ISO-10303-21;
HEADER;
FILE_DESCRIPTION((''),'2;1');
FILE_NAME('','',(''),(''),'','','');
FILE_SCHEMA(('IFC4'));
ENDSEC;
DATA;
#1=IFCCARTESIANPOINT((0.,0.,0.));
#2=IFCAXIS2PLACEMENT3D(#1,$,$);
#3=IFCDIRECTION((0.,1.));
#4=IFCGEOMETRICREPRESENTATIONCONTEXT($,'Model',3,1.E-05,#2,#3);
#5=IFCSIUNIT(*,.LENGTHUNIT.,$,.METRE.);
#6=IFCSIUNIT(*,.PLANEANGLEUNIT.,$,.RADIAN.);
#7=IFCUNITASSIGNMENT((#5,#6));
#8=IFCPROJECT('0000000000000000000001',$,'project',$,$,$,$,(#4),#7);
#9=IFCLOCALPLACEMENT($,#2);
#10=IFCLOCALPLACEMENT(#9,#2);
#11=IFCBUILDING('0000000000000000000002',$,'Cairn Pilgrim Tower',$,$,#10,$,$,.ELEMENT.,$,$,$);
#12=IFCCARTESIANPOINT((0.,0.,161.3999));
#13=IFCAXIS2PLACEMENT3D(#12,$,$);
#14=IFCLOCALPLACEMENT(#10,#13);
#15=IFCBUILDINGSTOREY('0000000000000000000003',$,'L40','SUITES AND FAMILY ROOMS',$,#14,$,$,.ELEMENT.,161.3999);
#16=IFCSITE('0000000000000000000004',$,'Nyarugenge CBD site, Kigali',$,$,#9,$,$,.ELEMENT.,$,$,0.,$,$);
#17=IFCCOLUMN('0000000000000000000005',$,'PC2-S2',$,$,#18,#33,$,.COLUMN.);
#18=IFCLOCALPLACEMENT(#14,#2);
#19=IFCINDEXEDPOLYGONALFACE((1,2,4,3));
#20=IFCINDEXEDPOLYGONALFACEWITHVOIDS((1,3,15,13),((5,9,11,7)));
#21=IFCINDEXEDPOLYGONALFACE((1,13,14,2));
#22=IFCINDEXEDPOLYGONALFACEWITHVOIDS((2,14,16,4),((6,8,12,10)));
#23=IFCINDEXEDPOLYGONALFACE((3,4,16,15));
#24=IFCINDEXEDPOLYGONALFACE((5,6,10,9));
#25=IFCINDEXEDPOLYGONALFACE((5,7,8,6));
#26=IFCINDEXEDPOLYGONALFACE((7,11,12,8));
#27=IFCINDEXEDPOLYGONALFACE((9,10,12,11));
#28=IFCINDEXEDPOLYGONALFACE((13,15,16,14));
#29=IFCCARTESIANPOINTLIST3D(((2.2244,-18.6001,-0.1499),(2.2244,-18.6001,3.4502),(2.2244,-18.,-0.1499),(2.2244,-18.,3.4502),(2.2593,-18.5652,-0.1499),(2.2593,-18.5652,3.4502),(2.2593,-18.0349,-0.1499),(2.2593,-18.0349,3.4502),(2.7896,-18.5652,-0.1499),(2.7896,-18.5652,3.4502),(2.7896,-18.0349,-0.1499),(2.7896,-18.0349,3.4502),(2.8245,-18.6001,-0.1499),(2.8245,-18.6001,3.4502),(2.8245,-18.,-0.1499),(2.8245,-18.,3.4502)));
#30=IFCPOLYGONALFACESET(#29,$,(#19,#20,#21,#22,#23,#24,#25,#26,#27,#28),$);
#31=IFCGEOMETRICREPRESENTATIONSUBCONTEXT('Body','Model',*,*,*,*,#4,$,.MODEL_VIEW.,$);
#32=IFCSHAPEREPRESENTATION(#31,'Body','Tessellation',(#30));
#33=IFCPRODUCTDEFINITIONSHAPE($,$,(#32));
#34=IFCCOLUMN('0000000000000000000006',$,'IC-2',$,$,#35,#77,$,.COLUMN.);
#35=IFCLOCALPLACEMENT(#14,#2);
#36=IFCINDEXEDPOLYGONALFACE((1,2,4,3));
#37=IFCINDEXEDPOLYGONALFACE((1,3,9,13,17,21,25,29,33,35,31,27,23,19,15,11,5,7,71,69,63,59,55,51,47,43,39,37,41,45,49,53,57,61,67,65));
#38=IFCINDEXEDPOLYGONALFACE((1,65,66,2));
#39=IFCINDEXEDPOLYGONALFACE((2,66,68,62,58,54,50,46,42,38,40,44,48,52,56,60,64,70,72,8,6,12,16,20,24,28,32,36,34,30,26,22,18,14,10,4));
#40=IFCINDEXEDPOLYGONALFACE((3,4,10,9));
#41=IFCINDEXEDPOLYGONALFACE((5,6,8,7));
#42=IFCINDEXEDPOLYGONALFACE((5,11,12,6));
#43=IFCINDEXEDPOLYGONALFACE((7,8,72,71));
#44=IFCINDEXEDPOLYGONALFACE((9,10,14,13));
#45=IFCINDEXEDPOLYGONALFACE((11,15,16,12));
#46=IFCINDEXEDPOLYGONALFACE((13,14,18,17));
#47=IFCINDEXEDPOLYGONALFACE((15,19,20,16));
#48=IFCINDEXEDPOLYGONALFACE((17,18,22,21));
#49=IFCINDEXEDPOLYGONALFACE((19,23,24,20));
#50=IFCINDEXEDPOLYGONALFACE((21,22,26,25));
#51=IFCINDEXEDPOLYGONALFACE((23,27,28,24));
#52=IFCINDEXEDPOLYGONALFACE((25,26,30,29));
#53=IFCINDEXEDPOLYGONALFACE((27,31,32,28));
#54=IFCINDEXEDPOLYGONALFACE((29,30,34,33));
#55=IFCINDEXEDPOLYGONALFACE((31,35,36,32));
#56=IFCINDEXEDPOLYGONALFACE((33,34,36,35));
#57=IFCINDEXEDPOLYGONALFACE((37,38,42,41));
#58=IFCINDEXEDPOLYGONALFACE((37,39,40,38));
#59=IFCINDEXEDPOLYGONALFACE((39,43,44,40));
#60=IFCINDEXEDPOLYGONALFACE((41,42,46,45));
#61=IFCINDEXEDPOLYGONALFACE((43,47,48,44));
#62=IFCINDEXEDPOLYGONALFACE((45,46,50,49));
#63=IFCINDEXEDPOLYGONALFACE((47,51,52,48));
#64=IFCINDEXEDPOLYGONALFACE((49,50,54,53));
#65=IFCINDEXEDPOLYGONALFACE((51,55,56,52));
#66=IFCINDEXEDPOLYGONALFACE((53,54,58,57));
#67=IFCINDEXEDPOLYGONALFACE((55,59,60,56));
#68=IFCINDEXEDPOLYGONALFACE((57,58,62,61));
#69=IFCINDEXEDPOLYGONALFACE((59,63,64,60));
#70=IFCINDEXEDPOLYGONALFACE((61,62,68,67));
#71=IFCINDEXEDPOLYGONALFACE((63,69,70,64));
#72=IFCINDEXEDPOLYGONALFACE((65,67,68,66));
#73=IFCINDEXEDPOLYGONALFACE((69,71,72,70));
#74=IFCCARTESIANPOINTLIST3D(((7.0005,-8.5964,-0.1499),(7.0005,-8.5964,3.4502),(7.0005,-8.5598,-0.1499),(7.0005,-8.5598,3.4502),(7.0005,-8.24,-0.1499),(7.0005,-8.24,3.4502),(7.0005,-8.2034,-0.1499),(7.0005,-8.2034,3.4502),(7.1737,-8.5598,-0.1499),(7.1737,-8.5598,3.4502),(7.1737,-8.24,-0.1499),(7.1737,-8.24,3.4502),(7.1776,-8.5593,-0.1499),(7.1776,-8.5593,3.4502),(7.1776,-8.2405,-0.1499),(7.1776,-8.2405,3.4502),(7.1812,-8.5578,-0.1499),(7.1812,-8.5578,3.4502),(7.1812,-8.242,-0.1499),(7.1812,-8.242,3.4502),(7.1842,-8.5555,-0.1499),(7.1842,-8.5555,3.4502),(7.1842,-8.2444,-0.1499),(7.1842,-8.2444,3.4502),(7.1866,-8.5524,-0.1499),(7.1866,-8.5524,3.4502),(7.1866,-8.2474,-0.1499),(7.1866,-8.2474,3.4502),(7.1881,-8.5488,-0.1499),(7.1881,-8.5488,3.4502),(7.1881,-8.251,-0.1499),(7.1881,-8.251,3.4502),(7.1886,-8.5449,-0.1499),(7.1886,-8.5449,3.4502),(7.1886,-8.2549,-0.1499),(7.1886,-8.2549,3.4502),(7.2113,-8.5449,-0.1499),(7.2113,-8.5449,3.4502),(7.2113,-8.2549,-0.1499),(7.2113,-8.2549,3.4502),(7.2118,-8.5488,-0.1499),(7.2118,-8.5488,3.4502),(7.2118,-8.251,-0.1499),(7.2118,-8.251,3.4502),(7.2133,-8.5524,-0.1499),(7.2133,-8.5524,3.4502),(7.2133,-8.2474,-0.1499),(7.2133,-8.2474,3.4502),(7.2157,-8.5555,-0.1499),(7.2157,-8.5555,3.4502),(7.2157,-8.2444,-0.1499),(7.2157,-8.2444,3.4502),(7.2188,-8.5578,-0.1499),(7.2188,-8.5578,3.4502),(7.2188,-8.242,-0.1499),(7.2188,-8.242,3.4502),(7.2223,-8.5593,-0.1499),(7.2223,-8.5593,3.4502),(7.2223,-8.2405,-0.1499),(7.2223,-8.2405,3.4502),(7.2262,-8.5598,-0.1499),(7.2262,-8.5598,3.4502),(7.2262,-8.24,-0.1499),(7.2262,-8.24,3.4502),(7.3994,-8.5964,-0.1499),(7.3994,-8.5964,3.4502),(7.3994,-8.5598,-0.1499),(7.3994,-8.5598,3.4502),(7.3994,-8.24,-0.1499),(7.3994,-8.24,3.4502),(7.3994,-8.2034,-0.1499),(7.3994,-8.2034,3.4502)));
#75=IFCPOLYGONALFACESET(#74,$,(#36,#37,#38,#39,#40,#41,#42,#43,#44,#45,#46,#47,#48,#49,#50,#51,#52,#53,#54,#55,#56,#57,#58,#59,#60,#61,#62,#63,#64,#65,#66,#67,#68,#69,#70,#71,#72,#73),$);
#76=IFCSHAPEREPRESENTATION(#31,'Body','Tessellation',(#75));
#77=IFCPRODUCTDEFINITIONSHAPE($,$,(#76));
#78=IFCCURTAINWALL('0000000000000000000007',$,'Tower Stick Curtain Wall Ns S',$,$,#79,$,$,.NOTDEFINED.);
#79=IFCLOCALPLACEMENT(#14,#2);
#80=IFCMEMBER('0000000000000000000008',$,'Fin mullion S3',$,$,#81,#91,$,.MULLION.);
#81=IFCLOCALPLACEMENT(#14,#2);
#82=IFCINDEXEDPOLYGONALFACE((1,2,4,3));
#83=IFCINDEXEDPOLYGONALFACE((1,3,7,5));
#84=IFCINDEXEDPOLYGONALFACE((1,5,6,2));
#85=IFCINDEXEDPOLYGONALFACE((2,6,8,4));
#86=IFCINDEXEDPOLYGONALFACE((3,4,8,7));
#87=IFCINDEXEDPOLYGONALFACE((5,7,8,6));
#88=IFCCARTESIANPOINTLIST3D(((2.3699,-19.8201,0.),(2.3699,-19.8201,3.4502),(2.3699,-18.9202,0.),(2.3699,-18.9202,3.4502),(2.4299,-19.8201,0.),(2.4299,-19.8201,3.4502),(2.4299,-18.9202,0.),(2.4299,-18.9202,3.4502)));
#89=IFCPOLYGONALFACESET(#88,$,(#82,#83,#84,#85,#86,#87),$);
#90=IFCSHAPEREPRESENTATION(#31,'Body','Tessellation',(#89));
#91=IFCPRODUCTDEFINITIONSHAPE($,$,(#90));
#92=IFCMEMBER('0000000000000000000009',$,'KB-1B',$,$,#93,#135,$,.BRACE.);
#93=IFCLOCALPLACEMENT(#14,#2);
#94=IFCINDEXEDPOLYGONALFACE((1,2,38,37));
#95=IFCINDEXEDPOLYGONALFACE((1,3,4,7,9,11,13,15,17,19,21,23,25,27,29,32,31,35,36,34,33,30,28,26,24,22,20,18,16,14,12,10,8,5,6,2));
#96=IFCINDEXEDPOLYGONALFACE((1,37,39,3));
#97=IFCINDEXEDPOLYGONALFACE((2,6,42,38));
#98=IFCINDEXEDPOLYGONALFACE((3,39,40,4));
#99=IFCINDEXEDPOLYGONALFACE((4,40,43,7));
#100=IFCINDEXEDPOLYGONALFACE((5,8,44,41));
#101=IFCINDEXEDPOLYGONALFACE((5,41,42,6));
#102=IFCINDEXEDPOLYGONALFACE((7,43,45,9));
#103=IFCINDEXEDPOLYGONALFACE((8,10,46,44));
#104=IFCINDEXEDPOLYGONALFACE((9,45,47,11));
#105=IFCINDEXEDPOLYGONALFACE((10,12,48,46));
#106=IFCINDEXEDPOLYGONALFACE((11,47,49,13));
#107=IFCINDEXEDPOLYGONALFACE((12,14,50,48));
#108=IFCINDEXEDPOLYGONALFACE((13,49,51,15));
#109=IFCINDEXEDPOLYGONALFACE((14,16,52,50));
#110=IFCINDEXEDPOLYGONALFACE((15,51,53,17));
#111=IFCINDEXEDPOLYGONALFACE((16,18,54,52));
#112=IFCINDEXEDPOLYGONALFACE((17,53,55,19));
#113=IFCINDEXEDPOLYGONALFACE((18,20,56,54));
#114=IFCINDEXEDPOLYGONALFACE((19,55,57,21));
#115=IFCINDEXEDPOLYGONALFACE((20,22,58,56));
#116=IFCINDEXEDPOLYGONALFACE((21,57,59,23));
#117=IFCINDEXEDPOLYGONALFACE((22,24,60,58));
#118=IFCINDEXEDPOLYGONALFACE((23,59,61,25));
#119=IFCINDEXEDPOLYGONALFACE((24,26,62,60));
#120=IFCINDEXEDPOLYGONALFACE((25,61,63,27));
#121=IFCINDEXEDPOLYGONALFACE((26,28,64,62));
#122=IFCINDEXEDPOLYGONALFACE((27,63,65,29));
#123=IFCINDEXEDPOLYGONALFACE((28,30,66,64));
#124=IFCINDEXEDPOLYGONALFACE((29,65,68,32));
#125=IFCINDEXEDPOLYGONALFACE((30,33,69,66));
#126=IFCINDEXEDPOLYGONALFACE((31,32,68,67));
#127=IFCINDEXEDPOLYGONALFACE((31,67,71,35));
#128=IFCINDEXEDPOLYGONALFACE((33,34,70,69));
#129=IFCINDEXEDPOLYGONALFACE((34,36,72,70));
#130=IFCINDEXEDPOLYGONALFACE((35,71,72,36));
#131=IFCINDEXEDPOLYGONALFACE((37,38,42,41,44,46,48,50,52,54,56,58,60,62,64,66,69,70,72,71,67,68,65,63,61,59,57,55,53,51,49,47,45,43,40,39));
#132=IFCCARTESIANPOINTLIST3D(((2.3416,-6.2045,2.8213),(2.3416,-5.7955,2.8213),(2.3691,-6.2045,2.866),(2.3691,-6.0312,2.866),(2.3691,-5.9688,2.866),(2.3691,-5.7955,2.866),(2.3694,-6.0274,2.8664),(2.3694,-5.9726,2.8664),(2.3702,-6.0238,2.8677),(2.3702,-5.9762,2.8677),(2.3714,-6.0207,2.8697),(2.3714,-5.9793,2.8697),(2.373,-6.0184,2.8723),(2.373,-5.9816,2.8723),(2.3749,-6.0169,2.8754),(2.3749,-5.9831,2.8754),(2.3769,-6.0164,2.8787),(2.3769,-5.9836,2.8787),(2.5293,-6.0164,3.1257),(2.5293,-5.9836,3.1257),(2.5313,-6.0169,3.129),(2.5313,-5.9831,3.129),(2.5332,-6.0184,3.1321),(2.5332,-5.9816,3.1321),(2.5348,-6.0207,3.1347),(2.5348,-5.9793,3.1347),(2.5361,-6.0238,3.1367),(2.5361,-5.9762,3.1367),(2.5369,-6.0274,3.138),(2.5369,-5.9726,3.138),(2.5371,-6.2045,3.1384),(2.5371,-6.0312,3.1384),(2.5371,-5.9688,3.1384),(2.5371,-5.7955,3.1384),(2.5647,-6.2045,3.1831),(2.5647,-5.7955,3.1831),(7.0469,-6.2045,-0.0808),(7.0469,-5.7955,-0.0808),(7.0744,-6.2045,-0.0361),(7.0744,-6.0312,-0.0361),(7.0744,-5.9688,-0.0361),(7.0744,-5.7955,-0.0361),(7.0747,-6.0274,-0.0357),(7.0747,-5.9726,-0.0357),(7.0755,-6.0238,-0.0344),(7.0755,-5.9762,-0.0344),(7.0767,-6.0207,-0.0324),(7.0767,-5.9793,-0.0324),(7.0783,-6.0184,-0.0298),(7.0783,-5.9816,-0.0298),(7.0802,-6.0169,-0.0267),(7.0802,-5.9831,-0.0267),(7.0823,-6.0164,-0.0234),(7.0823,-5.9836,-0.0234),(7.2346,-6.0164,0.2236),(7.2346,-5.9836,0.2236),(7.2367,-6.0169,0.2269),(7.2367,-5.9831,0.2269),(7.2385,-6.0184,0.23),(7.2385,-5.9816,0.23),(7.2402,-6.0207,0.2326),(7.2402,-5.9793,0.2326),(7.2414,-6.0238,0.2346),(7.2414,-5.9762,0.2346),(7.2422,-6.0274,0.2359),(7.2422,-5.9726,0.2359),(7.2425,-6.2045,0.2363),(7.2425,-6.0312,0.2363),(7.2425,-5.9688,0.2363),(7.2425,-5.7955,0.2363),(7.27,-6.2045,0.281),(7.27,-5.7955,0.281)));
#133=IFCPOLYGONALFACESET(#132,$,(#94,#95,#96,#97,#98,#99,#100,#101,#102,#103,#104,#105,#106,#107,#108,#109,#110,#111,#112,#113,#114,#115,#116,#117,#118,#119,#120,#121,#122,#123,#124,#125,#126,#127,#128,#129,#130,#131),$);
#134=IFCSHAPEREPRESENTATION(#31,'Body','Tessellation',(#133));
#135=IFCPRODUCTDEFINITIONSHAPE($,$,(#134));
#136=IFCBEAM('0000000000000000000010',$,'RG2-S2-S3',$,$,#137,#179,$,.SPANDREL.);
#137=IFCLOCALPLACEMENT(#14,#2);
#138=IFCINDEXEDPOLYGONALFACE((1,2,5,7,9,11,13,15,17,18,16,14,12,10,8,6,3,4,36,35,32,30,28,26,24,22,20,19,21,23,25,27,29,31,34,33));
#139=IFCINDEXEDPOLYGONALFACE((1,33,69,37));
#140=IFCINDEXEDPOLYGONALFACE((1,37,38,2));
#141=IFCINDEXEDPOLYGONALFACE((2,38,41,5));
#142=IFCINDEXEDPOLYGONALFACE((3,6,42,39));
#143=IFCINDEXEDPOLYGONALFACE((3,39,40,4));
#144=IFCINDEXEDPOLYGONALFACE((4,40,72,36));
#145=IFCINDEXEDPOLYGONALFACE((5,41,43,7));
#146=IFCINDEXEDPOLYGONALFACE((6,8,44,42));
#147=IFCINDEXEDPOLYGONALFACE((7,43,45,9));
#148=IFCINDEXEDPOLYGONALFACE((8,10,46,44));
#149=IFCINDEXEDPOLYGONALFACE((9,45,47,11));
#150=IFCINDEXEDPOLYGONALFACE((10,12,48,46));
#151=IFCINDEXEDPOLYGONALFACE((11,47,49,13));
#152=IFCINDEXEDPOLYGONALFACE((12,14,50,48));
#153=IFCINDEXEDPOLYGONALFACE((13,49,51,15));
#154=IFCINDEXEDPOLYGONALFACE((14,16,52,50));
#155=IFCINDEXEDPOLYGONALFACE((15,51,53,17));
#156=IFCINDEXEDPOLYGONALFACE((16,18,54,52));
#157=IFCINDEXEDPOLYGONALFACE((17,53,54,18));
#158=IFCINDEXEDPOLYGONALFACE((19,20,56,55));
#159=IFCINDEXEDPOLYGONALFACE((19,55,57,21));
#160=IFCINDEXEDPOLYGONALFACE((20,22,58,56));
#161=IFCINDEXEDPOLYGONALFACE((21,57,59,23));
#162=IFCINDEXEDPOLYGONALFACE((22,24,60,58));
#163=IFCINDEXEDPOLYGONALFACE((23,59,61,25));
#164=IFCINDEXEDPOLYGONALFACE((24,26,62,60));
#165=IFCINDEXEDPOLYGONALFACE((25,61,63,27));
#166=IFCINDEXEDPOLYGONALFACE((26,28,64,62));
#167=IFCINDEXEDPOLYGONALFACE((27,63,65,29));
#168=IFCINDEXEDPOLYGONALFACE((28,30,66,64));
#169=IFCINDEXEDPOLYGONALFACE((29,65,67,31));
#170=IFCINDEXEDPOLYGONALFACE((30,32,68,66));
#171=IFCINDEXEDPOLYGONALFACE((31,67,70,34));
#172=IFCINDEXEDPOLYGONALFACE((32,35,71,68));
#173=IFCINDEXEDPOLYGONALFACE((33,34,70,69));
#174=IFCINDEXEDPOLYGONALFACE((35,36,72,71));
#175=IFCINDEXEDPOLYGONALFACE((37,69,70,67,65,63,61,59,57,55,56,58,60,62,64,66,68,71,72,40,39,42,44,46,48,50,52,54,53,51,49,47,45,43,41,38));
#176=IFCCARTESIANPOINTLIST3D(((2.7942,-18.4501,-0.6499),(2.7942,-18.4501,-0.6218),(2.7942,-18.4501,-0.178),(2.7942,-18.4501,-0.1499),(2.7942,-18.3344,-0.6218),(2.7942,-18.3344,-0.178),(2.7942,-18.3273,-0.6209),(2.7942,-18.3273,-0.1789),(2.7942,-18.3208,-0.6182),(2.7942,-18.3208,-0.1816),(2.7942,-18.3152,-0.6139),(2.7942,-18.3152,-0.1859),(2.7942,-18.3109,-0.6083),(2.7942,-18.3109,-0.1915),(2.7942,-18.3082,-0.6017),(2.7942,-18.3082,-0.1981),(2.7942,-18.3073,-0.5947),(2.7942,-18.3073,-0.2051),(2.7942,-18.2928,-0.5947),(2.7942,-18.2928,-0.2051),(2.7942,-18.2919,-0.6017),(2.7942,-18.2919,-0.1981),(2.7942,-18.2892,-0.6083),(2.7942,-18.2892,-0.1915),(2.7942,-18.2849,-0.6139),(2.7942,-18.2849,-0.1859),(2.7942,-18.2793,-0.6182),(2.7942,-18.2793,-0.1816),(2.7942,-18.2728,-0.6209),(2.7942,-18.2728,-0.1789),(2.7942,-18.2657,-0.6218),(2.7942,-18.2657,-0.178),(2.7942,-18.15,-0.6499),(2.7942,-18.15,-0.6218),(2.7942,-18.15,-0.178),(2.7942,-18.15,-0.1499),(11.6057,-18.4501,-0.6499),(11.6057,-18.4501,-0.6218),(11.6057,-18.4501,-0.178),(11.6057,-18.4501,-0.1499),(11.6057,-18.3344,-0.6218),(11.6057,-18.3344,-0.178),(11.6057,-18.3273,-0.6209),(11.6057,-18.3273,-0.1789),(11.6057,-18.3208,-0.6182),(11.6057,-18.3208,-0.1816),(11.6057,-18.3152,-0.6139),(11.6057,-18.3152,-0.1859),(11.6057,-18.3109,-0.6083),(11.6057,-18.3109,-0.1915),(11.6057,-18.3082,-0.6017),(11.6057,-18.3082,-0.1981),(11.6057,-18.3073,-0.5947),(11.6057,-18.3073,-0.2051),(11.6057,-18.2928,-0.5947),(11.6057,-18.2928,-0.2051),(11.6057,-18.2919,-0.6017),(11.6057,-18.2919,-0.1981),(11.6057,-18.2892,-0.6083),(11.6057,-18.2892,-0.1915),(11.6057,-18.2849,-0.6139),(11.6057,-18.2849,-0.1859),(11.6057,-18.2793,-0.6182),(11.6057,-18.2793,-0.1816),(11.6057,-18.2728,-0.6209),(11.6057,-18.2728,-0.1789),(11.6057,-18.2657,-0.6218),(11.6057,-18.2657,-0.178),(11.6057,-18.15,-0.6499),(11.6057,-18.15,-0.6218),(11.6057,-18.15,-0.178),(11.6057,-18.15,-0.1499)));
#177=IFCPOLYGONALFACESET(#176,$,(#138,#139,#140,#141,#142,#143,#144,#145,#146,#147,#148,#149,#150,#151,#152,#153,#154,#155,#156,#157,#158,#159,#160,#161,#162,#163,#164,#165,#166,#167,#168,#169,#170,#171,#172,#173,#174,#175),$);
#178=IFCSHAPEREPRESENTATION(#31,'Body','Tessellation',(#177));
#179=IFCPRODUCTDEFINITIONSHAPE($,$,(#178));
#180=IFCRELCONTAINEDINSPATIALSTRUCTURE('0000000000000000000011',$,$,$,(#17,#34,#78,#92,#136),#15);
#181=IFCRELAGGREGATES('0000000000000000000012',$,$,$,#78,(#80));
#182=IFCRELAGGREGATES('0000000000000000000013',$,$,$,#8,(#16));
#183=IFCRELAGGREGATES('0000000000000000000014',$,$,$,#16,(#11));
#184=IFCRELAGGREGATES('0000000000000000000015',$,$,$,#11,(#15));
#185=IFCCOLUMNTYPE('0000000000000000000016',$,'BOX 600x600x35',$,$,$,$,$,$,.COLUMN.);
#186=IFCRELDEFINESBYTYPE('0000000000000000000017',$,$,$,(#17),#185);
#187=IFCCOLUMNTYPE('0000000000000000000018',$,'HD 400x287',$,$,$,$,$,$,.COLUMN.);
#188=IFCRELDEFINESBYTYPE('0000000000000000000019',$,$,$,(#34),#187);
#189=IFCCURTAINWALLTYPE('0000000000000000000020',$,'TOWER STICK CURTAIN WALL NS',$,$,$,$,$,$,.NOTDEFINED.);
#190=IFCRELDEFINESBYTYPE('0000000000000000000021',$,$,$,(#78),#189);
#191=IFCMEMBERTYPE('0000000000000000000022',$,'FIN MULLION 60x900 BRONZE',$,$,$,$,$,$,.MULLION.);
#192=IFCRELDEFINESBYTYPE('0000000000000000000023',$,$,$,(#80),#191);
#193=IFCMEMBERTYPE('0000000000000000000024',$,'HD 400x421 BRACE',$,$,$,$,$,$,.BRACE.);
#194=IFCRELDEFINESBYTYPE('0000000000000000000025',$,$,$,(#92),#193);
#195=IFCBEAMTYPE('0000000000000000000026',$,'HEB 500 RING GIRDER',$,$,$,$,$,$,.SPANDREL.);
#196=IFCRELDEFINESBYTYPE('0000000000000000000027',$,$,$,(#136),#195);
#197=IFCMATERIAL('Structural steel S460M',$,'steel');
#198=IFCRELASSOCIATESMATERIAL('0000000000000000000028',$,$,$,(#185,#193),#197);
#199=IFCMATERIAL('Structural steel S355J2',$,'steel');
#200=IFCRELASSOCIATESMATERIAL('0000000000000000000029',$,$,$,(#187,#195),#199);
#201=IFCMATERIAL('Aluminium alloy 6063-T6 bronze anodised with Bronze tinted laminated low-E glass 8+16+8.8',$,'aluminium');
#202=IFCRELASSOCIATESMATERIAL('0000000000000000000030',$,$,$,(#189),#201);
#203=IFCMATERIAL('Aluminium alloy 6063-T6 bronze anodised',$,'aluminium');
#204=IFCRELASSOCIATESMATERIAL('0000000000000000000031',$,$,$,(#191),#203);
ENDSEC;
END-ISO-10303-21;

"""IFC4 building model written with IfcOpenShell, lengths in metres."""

from ifc_helpers import new_model, si_unit, direction, frame, origin, origin_2d, place, context, subcontext, project, spatial, rectangle, hollow_rectangle, i_section, extrude, material, material_profile, profile_set, type_object, element, aggregate, save


model = new_model("IFC4")

# Units and contexts
model_context = context("Model", 3, precision=1e-05, world=origin(), true_north=direction((0.0, 1.0)))
body_context = subcontext(model_context, "Body", "Model", "MODEL_VIEW")
ifc_project = project(units=[si_unit("LENGTHUNIT", "METRE"), si_unit("PLANEANGLEUNIT", "RADIAN")], contexts=[model_context])

# Site, building, storey
site_placement = place(None, origin())
site = spatial("IfcSite", under=ifc_project, at=site_placement, Name="Nyarugenge CBD site, Kigali", CompositionType="ELEMENT", RefElevation=0.0)
building_placement = place(site_placement, origin())
building = spatial("IfcBuilding", under=site, at=building_placement, Name="Cairn Pilgrim Tower", CompositionType="ELEMENT")
storey_placement = place(building_placement, frame((0.0, 0.0, 161.3999)))
storey = spatial("IfcBuildingStorey", under=building, at=storey_placement, Name="L40", Description="SUITES AND FAMILY ROOMS", CompositionType="ELEMENT", Elevation=161.3999)

# Columns
ifc_material_1 = material(Name="Structural steel S460M", Category="steel")
ifc_material_profile_1 = material_profile(ifc_material_1, hollow_rectangle(XDim=0.6001, YDim=0.6001, WallThickness=0.0349, at=origin_2d()), Name="BOX 600x600x35")
ifc_profile_set_1 = profile_set([ifc_material_profile_1], Name="Structural steel S460M")
column_type_1 = type_object("IfcColumnType", Name="BOX 600x600x35", PredefinedType="COLUMN", material=ifc_profile_set_1)
column_1_placement = place(storey_placement, frame((2.5244, -18.3, -0.1499), z_axis=(0.0, 0.0, 1.0), x_axis=(1.0, 0.0, 0.0)))
element("IfcColumn", 1, at=column_1_placement, inside=storey, type_object=column_type_1, Name="PC2-S2", PredefinedType="COLUMN", context=body_context, shape_type="SweptSolid", body=[
    extrude(hollow_rectangle(XDim=0.6001, YDim=0.6001, WallThickness=0.0349, at=origin_2d()), origin(), (0.0, 0.0, 1.0), 3.6001),
])
ifc_material_2 = material(Name="Structural steel S355J2", Category="steel")
ifc_material_profile_2 = material_profile(ifc_material_2, i_section(OverallWidth=0.3989, OverallDepth=0.3931, WebThickness=0.0227, FlangeThickness=0.0366, FilletRadius=0.0149, at=origin_2d()), Name="HD 400x287")
ifc_profile_set_2 = profile_set([ifc_material_profile_2], Name="Structural steel S355J2")
column_type_2 = type_object("IfcColumnType", Name="HD 400x287", PredefinedType="COLUMN", material=ifc_profile_set_2)
column_2_placement = place(storey_placement, frame((7.2, -8.3999, -0.1499), z_axis=(0.0, 0.0, 1.0), x_axis=(1.0, 0.0, 0.0)))
element("IfcColumn", 2, at=column_2_placement, inside=storey, type_object=column_type_2, Name="IC-2", PredefinedType="COLUMN", context=body_context, shape_type="SweptSolid", body=[
    extrude(i_section(OverallWidth=0.3989, OverallDepth=0.3931, WebThickness=0.0227, FlangeThickness=0.0366, FilletRadius=0.0149, at=origin_2d()), origin(), (0.0, 0.0, 1.0), 3.6001),
])

# Curtain wall, member
ifc_material_3 = material(Name="Aluminium alloy 6063-T6 bronze anodised with Bronze tinted laminated low-E glass 8+16+8.8", Category="aluminium")
curtain_wall_type = type_object("IfcCurtainWallType", Name="TOWER STICK CURTAIN WALL NS", PredefinedType="NOTDEFINED", material=ifc_material_3)
curtain_wall_placement = place(storey_placement, origin())
curtain_wall = element("IfcCurtainWall", 3, at=curtain_wall_placement, inside=storey, type_object=curtain_wall_type, Name="Tower Stick Curtain Wall Ns S", PredefinedType="NOTDEFINED")
ifc_material_4 = material(Name="Aluminium alloy 6063-T6 bronze anodised", Category="aluminium")
ifc_material_profile_3 = material_profile(ifc_material_4, rectangle(XDim=0.8999, YDim=0.0601, at=origin_2d()), Name="FIN MULLION 60x900 BRONZE")
ifc_profile_set_3 = profile_set([ifc_material_profile_3], Name="Aluminium alloy 6063-T6 bronze anodised")
member_type_1 = type_object("IfcMemberType", Name="FIN MULLION 60x900 BRONZE", PredefinedType="MULLION", material=ifc_profile_set_3)
member_1_placement = place(storey_placement, frame((2.3999, -19.3701, 0.0), z_axis=(0.0, 0.0, 1.0), x_axis=(0.0, -1.0, 0.0)))
member_1 = element("IfcMember", 4, at=member_1_placement, type_object=member_type_1, Name="Fin mullion S3", PredefinedType="MULLION", context=body_context, shape_type="SweptSolid", body=[
    extrude(rectangle(XDim=0.8999, YDim=0.0601, at=origin_2d()), origin(), (0.0, 0.0, 1.0), 3.4502),
])

# Member
ifc_material_profile_4 = material_profile(ifc_material_1, i_section(OverallWidth=0.4089, OverallDepth=0.425, WebThickness=0.0327, FlangeThickness=0.0525, FilletRadius=0.0149, at=origin_2d()), Name="HD 400x421")
ifc_profile_set_4 = profile_set([ifc_material_profile_4], Name="Structural steel S460M")
member_type_2 = type_object("IfcMemberType", Name="HD 400x421 BRACE", PredefinedType="BRACE", material=ifc_profile_set_4)
member_2_placement = place(storey_placement, frame((7.1584, -6.0, 0.1001), z_axis=(-0.851132, 0.0, 0.524952), x_axis=(0.0, -1.0, 0.0)))
element("IfcMember", 5, at=member_2_placement, inside=storey, type_object=member_type_2, Name="KB-1B", PredefinedType="BRACE", context=body_context, shape_type="SweptSolid", body=[
    extrude(i_section(OverallWidth=0.4089, OverallDepth=0.425, WebThickness=0.0327, FlangeThickness=0.0525, FilletRadius=0.0149, at=origin_2d()), origin(), (0.0, 0.0, 1.0), 5.5283),
])

# Beam
ifc_material_profile_5 = material_profile(ifc_material_2, i_section(OverallWidth=0.3, OverallDepth=0.5, WebThickness=0.0144, FlangeThickness=0.0281, FilletRadius=0.0271, at=origin_2d()), Name="HEB 500")
ifc_profile_set_5 = profile_set([ifc_material_profile_5], Name="Structural steel S355J2")
beam_type_1 = type_object("IfcBeamType", Name="HEB 500 RING GIRDER", PredefinedType="SPANDREL", material=ifc_profile_set_5)
beam_1_placement = place(storey_placement, frame((2.7942, -18.3, -0.3999), z_axis=(1.0, 0.0, 0.0), x_axis=(0.0, 1.0, 0.0)))
element("IfcBeam", 6, at=beam_1_placement, inside=storey, type_object=beam_type_1, Name="RG2-S2-S3", PredefinedType="SPANDREL", context=body_context, shape_type="SweptSolid", body=[
    extrude(i_section(OverallWidth=0.3, OverallDepth=0.5, WebThickness=0.0144, FlangeThickness=0.0281, FilletRadius=0.0271, at=origin_2d()), origin(), (0.0, 0.0, 1.0), 8.8115),
])

aggregate(curtain_wall, [member_1])

save(model, "model.ifc")
